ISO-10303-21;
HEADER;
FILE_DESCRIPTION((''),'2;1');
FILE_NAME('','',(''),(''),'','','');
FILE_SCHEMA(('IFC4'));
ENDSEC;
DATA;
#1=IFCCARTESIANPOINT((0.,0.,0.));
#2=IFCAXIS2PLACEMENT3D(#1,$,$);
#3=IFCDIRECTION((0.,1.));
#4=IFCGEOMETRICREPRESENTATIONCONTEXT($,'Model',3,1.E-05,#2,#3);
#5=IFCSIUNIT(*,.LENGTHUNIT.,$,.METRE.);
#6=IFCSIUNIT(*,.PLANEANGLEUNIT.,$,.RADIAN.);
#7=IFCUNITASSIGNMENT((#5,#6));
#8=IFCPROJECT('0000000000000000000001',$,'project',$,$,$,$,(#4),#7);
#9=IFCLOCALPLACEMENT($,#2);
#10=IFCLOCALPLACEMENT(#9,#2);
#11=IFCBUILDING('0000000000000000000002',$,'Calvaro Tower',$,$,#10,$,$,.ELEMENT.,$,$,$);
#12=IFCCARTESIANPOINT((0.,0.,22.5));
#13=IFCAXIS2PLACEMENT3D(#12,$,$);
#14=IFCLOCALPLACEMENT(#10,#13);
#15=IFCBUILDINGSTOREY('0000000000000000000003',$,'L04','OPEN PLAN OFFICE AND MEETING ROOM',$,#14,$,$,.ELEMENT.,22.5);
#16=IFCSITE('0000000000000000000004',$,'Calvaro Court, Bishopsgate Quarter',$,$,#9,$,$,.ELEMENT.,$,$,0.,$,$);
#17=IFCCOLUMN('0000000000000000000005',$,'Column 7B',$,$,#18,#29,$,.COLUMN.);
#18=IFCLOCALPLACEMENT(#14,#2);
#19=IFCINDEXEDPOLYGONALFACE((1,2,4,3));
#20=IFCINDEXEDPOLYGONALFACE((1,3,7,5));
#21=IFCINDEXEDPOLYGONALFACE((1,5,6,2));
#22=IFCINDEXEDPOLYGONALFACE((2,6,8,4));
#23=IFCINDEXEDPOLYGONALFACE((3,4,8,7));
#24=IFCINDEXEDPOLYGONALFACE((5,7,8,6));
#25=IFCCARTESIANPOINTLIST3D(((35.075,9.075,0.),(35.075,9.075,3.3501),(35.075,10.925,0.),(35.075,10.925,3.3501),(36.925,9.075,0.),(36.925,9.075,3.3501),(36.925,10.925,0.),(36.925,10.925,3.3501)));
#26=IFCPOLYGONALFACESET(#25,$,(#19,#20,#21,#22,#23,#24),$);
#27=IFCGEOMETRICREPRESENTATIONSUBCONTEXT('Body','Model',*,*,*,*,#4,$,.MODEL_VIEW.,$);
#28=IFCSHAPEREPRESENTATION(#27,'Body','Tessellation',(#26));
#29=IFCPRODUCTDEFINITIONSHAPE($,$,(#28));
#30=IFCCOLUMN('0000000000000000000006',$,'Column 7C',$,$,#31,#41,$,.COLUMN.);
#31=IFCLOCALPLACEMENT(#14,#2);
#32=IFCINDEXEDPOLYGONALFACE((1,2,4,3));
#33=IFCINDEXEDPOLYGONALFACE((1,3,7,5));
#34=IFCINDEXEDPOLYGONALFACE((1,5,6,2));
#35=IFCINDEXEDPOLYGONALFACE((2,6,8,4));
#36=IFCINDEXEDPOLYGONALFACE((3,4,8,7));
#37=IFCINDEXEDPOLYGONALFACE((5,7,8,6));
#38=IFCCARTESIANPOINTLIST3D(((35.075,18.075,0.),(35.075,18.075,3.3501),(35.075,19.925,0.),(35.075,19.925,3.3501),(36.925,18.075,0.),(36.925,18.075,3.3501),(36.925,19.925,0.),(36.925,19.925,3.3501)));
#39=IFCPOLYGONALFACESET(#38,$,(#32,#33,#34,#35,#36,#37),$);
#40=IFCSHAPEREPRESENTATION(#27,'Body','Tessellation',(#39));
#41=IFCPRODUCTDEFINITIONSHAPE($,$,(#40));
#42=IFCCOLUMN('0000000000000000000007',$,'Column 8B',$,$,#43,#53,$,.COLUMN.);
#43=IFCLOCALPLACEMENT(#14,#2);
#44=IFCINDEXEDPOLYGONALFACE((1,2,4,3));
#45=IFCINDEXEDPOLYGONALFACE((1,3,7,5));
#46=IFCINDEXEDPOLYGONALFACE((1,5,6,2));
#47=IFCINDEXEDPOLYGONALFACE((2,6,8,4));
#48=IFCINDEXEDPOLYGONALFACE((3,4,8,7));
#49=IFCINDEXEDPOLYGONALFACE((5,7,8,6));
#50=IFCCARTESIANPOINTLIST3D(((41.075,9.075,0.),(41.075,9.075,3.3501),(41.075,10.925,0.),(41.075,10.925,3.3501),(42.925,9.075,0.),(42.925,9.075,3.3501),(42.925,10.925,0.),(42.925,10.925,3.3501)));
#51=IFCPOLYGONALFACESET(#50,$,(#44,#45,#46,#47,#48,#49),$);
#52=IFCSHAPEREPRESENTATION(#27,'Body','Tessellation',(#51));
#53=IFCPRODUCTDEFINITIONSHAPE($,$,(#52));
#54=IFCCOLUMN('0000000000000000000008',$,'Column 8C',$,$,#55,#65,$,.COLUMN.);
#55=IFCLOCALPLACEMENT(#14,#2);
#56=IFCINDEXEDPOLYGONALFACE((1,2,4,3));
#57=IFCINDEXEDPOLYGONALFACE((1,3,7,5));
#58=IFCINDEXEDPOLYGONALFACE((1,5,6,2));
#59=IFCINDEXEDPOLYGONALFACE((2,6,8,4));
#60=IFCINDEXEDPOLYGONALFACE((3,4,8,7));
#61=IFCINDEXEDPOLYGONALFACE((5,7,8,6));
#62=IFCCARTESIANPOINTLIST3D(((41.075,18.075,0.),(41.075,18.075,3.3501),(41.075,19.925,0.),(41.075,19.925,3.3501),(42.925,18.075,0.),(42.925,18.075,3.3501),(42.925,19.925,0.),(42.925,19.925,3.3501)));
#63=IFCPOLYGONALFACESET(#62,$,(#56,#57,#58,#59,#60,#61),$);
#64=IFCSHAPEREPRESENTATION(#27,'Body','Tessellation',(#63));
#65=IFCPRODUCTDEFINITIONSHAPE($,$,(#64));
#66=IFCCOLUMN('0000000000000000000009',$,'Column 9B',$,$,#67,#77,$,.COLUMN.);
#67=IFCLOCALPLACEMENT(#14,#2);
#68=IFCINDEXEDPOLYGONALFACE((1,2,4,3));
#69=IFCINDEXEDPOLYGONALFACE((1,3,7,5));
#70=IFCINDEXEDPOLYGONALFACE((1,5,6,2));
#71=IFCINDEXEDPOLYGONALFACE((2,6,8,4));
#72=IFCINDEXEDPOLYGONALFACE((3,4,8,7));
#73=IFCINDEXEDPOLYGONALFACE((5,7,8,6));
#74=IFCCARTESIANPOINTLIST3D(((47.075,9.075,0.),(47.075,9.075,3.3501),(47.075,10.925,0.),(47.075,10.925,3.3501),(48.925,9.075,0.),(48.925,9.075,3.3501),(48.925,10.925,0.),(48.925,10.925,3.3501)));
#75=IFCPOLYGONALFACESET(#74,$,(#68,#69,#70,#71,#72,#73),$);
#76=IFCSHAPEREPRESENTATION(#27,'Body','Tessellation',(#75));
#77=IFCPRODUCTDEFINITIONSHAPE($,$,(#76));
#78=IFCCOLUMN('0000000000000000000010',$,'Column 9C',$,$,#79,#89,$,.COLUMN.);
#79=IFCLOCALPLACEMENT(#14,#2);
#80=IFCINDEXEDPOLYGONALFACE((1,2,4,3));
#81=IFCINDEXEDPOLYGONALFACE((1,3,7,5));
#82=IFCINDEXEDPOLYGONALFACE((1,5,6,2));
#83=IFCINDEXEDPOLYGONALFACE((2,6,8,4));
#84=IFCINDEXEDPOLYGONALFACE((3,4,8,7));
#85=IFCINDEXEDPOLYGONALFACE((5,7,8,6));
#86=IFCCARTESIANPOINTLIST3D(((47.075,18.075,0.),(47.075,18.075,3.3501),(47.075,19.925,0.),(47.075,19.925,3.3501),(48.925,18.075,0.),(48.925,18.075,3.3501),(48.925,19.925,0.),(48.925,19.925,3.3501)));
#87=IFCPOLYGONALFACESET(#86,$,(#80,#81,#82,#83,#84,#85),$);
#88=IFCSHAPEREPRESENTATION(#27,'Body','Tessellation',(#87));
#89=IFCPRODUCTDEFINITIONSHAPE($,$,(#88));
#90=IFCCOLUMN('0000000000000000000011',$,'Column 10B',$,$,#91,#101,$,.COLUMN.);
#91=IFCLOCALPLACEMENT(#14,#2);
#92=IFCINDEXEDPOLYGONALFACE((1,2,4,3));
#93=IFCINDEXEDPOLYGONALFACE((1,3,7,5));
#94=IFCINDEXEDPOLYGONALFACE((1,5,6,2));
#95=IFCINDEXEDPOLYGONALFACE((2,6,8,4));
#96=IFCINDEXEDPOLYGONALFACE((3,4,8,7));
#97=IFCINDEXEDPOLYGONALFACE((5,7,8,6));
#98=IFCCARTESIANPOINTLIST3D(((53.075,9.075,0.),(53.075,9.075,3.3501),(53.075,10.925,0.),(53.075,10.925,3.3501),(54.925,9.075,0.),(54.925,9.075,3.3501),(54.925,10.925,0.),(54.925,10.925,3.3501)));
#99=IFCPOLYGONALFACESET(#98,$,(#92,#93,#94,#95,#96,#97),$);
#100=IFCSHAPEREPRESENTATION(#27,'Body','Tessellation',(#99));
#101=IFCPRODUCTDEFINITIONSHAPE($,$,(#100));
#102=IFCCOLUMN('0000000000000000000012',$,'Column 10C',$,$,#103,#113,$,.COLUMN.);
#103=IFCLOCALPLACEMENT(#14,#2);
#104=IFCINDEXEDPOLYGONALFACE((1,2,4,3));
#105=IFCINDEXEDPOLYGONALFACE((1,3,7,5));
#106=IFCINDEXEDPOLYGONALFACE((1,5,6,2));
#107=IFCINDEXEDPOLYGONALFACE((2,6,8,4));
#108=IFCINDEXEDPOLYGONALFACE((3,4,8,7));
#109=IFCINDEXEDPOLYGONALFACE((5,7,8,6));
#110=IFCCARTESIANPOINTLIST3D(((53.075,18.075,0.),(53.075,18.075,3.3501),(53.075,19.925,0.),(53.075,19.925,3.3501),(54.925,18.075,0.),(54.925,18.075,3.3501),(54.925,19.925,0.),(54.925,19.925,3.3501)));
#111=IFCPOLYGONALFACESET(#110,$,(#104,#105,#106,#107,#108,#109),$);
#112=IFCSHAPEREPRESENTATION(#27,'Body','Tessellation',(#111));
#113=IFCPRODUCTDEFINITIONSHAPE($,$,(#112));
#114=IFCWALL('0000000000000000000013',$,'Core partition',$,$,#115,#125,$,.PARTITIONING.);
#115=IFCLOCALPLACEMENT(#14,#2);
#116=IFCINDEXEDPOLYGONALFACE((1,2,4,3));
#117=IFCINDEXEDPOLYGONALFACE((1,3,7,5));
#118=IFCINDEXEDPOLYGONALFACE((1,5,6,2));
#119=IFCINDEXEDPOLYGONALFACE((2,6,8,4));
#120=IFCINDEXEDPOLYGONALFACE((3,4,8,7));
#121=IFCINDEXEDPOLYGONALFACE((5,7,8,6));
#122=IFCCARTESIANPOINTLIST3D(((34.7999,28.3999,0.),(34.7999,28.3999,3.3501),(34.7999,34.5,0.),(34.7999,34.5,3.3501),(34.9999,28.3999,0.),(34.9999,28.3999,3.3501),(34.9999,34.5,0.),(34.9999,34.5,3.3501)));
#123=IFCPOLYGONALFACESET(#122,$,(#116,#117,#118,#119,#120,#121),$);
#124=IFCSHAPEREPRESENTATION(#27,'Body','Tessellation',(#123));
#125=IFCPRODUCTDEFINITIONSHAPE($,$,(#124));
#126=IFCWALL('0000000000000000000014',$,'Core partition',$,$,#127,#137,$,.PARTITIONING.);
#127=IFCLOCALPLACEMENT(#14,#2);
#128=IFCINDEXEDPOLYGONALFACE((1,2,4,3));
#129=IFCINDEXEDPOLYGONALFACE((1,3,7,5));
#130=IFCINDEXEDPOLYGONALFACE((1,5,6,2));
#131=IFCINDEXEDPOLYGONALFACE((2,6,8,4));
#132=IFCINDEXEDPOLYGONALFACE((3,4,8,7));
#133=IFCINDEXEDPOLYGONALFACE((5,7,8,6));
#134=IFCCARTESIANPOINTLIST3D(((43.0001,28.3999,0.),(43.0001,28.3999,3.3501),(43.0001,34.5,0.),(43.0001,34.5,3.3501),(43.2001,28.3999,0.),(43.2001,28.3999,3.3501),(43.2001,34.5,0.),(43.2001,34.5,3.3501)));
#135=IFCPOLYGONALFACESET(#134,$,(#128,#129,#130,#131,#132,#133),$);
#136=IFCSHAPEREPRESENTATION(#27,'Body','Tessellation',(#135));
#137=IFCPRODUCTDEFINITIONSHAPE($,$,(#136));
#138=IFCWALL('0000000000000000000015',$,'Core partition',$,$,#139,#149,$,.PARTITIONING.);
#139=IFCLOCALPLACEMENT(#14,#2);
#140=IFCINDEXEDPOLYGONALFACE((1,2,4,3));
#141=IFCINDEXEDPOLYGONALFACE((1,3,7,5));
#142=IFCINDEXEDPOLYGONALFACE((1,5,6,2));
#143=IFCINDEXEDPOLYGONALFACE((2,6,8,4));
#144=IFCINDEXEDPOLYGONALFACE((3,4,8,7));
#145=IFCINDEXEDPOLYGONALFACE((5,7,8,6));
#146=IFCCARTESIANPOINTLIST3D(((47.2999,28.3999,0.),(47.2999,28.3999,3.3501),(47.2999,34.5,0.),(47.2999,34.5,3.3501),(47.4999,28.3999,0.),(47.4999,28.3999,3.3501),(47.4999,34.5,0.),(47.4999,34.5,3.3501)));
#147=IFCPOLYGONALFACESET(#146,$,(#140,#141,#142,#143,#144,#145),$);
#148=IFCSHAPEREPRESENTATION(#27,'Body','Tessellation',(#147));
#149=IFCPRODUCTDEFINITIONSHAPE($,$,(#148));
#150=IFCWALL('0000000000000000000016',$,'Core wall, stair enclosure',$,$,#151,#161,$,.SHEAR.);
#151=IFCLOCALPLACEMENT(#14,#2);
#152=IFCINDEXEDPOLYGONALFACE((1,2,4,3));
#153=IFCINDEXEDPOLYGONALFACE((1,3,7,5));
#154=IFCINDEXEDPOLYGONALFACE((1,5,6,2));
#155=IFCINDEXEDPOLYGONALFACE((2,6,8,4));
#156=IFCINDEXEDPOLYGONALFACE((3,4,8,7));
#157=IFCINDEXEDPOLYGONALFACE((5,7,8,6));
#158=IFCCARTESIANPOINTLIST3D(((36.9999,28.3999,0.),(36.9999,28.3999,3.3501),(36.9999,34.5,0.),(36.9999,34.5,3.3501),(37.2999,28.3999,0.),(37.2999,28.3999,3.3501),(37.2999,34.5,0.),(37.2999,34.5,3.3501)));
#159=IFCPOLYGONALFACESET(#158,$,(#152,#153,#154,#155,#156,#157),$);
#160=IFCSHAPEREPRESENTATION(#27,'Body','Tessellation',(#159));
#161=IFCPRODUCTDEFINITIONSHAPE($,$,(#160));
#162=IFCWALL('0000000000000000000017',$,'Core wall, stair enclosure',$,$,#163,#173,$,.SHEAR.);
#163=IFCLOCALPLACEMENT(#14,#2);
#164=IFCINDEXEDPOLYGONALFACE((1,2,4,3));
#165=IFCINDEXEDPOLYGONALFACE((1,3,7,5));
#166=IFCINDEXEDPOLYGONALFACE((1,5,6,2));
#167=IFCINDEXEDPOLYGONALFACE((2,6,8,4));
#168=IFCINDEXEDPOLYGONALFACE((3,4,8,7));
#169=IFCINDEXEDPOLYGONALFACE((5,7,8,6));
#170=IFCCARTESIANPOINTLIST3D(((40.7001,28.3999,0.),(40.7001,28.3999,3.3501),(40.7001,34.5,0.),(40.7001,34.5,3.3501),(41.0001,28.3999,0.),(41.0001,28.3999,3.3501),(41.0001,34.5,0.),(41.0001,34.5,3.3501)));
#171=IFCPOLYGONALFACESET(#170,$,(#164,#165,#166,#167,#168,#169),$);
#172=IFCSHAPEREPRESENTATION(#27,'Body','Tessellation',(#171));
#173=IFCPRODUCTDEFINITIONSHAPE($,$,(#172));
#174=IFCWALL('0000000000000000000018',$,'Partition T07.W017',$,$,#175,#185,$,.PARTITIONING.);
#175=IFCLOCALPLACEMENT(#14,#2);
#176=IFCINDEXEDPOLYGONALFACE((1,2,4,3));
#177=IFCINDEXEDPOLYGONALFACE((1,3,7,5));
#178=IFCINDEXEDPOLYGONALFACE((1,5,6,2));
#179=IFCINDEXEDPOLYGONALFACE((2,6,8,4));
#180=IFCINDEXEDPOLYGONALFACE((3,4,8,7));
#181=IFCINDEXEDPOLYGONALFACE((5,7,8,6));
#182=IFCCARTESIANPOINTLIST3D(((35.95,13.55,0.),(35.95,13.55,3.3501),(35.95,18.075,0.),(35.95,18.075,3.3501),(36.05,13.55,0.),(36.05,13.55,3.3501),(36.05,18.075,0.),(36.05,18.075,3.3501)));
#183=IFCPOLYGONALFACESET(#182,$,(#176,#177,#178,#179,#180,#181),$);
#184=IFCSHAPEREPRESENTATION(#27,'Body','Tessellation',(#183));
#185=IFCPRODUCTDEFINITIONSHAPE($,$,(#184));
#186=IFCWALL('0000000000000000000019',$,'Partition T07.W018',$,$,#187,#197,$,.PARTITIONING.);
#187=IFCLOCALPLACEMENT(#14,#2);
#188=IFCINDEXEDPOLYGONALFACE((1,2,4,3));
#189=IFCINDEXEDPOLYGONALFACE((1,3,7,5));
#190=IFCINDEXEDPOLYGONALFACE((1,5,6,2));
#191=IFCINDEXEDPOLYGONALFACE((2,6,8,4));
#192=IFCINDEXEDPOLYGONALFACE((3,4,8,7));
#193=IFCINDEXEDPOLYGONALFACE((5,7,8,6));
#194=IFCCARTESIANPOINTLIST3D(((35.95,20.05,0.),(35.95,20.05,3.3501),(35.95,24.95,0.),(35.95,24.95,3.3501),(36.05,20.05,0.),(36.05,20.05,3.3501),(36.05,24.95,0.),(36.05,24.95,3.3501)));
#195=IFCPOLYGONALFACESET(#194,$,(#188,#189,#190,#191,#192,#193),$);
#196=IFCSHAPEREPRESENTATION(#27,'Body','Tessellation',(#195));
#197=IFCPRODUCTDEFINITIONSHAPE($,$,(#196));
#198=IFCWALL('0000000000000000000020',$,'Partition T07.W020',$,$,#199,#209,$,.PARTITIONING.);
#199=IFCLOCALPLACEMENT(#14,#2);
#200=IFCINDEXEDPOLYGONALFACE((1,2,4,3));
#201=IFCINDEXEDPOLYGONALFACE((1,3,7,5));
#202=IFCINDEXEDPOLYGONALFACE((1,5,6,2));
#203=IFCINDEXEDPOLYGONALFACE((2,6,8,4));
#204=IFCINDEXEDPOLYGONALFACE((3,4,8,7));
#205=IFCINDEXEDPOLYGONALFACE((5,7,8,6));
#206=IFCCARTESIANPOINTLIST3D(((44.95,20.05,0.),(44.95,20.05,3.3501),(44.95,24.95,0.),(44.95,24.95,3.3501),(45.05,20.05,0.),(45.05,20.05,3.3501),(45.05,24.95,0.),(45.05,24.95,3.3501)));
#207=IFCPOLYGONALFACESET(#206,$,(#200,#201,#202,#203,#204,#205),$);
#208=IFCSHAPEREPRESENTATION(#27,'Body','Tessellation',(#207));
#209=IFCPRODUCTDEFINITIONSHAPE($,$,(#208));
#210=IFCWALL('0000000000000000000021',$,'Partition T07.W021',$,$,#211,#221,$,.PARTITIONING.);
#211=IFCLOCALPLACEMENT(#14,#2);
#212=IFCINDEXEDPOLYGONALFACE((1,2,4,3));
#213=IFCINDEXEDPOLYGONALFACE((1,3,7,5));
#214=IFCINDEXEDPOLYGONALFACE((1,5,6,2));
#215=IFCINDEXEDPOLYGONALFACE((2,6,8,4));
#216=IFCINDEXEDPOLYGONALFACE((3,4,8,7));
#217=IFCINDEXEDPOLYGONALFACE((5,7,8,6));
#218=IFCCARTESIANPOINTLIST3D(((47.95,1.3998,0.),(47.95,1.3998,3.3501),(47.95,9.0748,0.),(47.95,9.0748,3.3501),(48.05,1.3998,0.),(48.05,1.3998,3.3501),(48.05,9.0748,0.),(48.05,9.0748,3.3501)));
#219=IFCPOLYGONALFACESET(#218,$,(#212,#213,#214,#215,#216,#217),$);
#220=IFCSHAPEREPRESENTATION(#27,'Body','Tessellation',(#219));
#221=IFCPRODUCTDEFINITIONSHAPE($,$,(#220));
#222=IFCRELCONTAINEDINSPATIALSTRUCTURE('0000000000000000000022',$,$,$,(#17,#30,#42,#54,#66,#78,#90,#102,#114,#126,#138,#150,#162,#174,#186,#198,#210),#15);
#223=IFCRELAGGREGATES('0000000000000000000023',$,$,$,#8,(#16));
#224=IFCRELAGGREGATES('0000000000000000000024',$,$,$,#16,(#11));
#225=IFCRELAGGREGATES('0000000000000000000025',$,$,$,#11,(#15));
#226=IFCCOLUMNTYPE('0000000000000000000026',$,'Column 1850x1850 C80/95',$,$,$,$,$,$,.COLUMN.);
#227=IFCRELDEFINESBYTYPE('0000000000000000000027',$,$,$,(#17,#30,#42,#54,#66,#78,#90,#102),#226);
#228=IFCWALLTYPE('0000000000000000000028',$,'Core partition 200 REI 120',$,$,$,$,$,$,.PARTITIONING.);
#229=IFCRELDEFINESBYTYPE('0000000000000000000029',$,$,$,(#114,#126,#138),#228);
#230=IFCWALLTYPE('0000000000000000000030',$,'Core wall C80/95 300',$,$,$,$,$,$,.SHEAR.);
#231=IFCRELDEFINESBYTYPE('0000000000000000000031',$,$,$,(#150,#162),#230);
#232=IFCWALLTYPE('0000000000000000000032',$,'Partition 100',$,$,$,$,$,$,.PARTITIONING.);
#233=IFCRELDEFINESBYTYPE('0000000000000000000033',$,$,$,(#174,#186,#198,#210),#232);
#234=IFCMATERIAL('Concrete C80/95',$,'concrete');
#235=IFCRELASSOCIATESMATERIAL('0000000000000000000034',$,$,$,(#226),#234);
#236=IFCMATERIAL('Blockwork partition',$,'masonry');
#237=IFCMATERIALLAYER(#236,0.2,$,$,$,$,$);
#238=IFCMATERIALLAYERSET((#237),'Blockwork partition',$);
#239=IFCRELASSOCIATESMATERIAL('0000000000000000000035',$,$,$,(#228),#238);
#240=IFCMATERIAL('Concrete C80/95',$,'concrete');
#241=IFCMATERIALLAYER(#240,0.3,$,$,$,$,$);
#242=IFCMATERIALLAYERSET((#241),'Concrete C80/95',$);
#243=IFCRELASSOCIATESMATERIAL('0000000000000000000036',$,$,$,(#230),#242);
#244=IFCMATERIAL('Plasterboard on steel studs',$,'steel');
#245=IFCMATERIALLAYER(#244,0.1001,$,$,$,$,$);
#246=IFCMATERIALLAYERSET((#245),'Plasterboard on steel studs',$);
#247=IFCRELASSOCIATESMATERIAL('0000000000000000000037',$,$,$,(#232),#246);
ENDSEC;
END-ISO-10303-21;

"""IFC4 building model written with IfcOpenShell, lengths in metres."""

from ifc_helpers import new_model, si_unit, direction, frame, frame_2d, origin, origin_2d, place, context, subcontext, project, spatial, rectangle, extrude, material, layer, layer_set, material_profile, profile_set, type_object, element, save


model = new_model("IFC4")

# Units and contexts
model_context = context("Model", 3, precision=1e-05, world=origin(), true_north=direction((0.0, 1.0)))
body_context = subcontext(model_context, "Body", "Model", "MODEL_VIEW")
ifc_project = project(units=[si_unit("LENGTHUNIT", "METRE"), si_unit("PLANEANGLEUNIT", "RADIAN")], contexts=[model_context])

# Site, building, storey
site_placement = place(None, origin())
site = spatial("IfcSite", under=ifc_project, at=site_placement, Name="Calvaro Court, Bishopsgate Quarter", CompositionType="ELEMENT", RefElevation=0.0)
building_placement = place(site_placement, origin())
building = spatial("IfcBuilding", under=site, at=building_placement, Name="Calvaro Tower", CompositionType="ELEMENT")
storey_placement = place(building_placement, frame((0.0, 0.0, 22.5)))
storey = spatial("IfcBuildingStorey", under=building, at=storey_placement, Name="L04", Description="OPEN PLAN OFFICE AND MEETING ROOM", CompositionType="ELEMENT", Elevation=22.5)

# Columns
ifc_material_1 = material(Name="Concrete C80/95", Category="concrete")
ifc_material_profile = material_profile(ifc_material_1, rectangle(XDim=1.8501, YDim=1.8501, at=origin_2d()), Name="RC 1850x1850")
ifc_profile_set = profile_set([ifc_material_profile], Name="Concrete C80/95")
column_type = type_object("IfcColumnType", Name="Column 1850x1850 C80/95", PredefinedType="COLUMN", material=ifc_profile_set)
for number, where, z_axis, x_axis, name in (
    (1, (36.0, 10.0, 0.0), (0.0, 0.0, 1.0), (1.0, 0.0, 0.0), "Column 7B"),
    (2, (36.0, 19.0, 0.0), (0.0, 0.0, 1.0), (1.0, 0.0, 0.0), "Column 7C"),
    (3, (42.0, 10.0, 0.0), (0.0, 0.0, 1.0), (1.0, 0.0, 0.0), "Column 8B"),
    (4, (42.0, 19.0, 0.0), (0.0, 0.0, 1.0), (1.0, 0.0, 0.0), "Column 8C"),
    (5, (48.0, 10.0, 0.0), (0.0, 0.0, 1.0), (1.0, 0.0, 0.0), "Column 9B"),
    (6, (48.0, 19.0, 0.0), (0.0, 0.0, 1.0), (1.0, 0.0, 0.0), "Column 9C"),
    (7, (54.0, 10.0, 0.0), (0.0, 0.0, 1.0), (1.0, 0.0, 0.0), "Column 10B"),
    (8, (54.0, 19.0, 0.0), (0.0, 0.0, 1.0), (1.0, 0.0, 0.0), "Column 10C"),
):
    element("IfcColumn", number, at=place(storey_placement, frame(where, z_axis=z_axis, x_axis=x_axis)), inside=storey, type_object=column_type, Name=name, PredefinedType="COLUMN", context=body_context, shape_type="SweptSolid", body=[
        extrude(rectangle(XDim=1.8501, YDim=1.8501, at=origin_2d()), origin(), (0.0, 0.0, 1.0), 3.3501),
    ])

# Walls
ifc_material_2 = material(Name="Blockwork partition", Category="masonry")
ifc_layer_1 = layer(ifc_material_2, 0.2)
ifc_layer_set_1 = layer_set([ifc_layer_1], Name="Blockwork partition")
wall_type_1 = type_object("IfcWallType", Name="Core partition 200 REI 120", PredefinedType="PARTITIONING", material=ifc_layer_set_1)
for number, where, z_axis, x_axis, name in (
    (9, (34.8999, 28.3999, 0.0), (0.0, 0.0, 1.0), (0.0, 1.0, 0.0), "Core partition"),
    (10, (43.1001, 28.3999, 0.0), (0.0, 0.0, 1.0), (0.0, 1.0, 0.0), "Core partition"),
    (11, (47.3999, 28.3999, 0.0), (0.0, 0.0, 1.0), (0.0, 1.0, 0.0), "Core partition"),
):
    element("IfcWall", number, at=place(storey_placement, frame(where, z_axis=z_axis, x_axis=x_axis)), inside=storey, type_object=wall_type_1, Name=name, PredefinedType="PARTITIONING", context=body_context, shape_type="SweptSolid", body=[
        extrude(rectangle(XDim=6.1001, YDim=0.2, at=frame_2d((3.05, 0.0))), origin(), (0.0, 0.0, 1.0), 3.3501),
    ])
ifc_material_3 = material(Name="Concrete C80/95", Category="concrete")
ifc_layer_2 = layer(ifc_material_3, 0.3)
ifc_layer_set_2 = layer_set([ifc_layer_2], Name="Concrete C80/95")
wall_type_2 = type_object("IfcWallType", Name="Core wall C80/95 300", PredefinedType="SHEAR", material=ifc_layer_set_2)
for number, where, z_axis, x_axis, name in (
    (12, (37.1499, 28.3999, 0.0), (0.0, 0.0, 1.0), (0.0, 1.0, 0.0), "Core wall, stair enclosure"),
    (13, (40.8501, 28.3999, 0.0), (0.0, 0.0, 1.0), (0.0, 1.0, 0.0), "Core wall, stair enclosure"),
):
    element("IfcWall", number, at=place(storey_placement, frame(where, z_axis=z_axis, x_axis=x_axis)), inside=storey, type_object=wall_type_2, Name=name, PredefinedType="SHEAR", context=body_context, shape_type="SweptSolid", body=[
        extrude(rectangle(XDim=6.1001, YDim=0.3, at=frame_2d((3.05, 0.0))), origin(), (0.0, 0.0, 1.0), 3.3501),
    ])
ifc_material_4 = material(Name="Plasterboard on steel studs", Category="steel")
ifc_layer_3 = layer(ifc_material_4, 0.1001)
ifc_layer_set_3 = layer_set([ifc_layer_3], Name="Plasterboard on steel studs")
wall_type_3 = type_object("IfcWallType", Name="Partition 100", PredefinedType="PARTITIONING", material=ifc_layer_set_3)
wall_1_placement = place(storey_placement, frame((36.0, 13.55, 0.0), z_axis=(0.0, 0.0, 1.0), x_axis=(0.0, 1.0, 0.0)))
element("IfcWall", 14, at=wall_1_placement, inside=storey, type_object=wall_type_3, Name="Partition T07.W017", PredefinedType="PARTITIONING", context=body_context, shape_type="SweptSolid", body=[
    extrude(rectangle(XDim=4.5249, YDim=0.1001, at=frame_2d((2.2625, 0.0))), origin(), (0.0, 0.0, 1.0), 3.3501),
])
for number, where, z_axis, x_axis, name in (
    (15, (36.0, 20.05, 0.0), (0.0, 0.0, 1.0), (0.0, 1.0, 0.0), "Partition T07.W018"),
    (16, (45.0, 20.05, 0.0), (0.0, 0.0, 1.0), (0.0, 1.0, 0.0), "Partition T07.W020"),
):
    element("IfcWall", number, at=place(storey_placement, frame(where, z_axis=z_axis, x_axis=x_axis)), inside=storey, type_object=wall_type_3, Name=name, PredefinedType="PARTITIONING", context=body_context, shape_type="SweptSolid", body=[
        extrude(rectangle(XDim=4.8999, YDim=0.1001, at=frame_2d((2.45, 0.0))), origin(), (0.0, 0.0, 1.0), 3.3501),
    ])
wall_2_placement = place(storey_placement, frame((48.0, 1.3999, 0.0), z_axis=(0.0, 0.0, 1.0), x_axis=(0.0, 1.0, 0.0)))
element("IfcWall", 17, at=wall_2_placement, inside=storey, type_object=wall_type_3, Name="Partition T07.W021", PredefinedType="PARTITIONING", context=body_context, shape_type="SweptSolid", body=[
    extrude(rectangle(XDim=7.675, YDim=0.1001, at=frame_2d((3.8374, 0.0))), origin(), (0.0, 0.0, 1.0), 3.3501),
])

save(model, "model.ifc")
